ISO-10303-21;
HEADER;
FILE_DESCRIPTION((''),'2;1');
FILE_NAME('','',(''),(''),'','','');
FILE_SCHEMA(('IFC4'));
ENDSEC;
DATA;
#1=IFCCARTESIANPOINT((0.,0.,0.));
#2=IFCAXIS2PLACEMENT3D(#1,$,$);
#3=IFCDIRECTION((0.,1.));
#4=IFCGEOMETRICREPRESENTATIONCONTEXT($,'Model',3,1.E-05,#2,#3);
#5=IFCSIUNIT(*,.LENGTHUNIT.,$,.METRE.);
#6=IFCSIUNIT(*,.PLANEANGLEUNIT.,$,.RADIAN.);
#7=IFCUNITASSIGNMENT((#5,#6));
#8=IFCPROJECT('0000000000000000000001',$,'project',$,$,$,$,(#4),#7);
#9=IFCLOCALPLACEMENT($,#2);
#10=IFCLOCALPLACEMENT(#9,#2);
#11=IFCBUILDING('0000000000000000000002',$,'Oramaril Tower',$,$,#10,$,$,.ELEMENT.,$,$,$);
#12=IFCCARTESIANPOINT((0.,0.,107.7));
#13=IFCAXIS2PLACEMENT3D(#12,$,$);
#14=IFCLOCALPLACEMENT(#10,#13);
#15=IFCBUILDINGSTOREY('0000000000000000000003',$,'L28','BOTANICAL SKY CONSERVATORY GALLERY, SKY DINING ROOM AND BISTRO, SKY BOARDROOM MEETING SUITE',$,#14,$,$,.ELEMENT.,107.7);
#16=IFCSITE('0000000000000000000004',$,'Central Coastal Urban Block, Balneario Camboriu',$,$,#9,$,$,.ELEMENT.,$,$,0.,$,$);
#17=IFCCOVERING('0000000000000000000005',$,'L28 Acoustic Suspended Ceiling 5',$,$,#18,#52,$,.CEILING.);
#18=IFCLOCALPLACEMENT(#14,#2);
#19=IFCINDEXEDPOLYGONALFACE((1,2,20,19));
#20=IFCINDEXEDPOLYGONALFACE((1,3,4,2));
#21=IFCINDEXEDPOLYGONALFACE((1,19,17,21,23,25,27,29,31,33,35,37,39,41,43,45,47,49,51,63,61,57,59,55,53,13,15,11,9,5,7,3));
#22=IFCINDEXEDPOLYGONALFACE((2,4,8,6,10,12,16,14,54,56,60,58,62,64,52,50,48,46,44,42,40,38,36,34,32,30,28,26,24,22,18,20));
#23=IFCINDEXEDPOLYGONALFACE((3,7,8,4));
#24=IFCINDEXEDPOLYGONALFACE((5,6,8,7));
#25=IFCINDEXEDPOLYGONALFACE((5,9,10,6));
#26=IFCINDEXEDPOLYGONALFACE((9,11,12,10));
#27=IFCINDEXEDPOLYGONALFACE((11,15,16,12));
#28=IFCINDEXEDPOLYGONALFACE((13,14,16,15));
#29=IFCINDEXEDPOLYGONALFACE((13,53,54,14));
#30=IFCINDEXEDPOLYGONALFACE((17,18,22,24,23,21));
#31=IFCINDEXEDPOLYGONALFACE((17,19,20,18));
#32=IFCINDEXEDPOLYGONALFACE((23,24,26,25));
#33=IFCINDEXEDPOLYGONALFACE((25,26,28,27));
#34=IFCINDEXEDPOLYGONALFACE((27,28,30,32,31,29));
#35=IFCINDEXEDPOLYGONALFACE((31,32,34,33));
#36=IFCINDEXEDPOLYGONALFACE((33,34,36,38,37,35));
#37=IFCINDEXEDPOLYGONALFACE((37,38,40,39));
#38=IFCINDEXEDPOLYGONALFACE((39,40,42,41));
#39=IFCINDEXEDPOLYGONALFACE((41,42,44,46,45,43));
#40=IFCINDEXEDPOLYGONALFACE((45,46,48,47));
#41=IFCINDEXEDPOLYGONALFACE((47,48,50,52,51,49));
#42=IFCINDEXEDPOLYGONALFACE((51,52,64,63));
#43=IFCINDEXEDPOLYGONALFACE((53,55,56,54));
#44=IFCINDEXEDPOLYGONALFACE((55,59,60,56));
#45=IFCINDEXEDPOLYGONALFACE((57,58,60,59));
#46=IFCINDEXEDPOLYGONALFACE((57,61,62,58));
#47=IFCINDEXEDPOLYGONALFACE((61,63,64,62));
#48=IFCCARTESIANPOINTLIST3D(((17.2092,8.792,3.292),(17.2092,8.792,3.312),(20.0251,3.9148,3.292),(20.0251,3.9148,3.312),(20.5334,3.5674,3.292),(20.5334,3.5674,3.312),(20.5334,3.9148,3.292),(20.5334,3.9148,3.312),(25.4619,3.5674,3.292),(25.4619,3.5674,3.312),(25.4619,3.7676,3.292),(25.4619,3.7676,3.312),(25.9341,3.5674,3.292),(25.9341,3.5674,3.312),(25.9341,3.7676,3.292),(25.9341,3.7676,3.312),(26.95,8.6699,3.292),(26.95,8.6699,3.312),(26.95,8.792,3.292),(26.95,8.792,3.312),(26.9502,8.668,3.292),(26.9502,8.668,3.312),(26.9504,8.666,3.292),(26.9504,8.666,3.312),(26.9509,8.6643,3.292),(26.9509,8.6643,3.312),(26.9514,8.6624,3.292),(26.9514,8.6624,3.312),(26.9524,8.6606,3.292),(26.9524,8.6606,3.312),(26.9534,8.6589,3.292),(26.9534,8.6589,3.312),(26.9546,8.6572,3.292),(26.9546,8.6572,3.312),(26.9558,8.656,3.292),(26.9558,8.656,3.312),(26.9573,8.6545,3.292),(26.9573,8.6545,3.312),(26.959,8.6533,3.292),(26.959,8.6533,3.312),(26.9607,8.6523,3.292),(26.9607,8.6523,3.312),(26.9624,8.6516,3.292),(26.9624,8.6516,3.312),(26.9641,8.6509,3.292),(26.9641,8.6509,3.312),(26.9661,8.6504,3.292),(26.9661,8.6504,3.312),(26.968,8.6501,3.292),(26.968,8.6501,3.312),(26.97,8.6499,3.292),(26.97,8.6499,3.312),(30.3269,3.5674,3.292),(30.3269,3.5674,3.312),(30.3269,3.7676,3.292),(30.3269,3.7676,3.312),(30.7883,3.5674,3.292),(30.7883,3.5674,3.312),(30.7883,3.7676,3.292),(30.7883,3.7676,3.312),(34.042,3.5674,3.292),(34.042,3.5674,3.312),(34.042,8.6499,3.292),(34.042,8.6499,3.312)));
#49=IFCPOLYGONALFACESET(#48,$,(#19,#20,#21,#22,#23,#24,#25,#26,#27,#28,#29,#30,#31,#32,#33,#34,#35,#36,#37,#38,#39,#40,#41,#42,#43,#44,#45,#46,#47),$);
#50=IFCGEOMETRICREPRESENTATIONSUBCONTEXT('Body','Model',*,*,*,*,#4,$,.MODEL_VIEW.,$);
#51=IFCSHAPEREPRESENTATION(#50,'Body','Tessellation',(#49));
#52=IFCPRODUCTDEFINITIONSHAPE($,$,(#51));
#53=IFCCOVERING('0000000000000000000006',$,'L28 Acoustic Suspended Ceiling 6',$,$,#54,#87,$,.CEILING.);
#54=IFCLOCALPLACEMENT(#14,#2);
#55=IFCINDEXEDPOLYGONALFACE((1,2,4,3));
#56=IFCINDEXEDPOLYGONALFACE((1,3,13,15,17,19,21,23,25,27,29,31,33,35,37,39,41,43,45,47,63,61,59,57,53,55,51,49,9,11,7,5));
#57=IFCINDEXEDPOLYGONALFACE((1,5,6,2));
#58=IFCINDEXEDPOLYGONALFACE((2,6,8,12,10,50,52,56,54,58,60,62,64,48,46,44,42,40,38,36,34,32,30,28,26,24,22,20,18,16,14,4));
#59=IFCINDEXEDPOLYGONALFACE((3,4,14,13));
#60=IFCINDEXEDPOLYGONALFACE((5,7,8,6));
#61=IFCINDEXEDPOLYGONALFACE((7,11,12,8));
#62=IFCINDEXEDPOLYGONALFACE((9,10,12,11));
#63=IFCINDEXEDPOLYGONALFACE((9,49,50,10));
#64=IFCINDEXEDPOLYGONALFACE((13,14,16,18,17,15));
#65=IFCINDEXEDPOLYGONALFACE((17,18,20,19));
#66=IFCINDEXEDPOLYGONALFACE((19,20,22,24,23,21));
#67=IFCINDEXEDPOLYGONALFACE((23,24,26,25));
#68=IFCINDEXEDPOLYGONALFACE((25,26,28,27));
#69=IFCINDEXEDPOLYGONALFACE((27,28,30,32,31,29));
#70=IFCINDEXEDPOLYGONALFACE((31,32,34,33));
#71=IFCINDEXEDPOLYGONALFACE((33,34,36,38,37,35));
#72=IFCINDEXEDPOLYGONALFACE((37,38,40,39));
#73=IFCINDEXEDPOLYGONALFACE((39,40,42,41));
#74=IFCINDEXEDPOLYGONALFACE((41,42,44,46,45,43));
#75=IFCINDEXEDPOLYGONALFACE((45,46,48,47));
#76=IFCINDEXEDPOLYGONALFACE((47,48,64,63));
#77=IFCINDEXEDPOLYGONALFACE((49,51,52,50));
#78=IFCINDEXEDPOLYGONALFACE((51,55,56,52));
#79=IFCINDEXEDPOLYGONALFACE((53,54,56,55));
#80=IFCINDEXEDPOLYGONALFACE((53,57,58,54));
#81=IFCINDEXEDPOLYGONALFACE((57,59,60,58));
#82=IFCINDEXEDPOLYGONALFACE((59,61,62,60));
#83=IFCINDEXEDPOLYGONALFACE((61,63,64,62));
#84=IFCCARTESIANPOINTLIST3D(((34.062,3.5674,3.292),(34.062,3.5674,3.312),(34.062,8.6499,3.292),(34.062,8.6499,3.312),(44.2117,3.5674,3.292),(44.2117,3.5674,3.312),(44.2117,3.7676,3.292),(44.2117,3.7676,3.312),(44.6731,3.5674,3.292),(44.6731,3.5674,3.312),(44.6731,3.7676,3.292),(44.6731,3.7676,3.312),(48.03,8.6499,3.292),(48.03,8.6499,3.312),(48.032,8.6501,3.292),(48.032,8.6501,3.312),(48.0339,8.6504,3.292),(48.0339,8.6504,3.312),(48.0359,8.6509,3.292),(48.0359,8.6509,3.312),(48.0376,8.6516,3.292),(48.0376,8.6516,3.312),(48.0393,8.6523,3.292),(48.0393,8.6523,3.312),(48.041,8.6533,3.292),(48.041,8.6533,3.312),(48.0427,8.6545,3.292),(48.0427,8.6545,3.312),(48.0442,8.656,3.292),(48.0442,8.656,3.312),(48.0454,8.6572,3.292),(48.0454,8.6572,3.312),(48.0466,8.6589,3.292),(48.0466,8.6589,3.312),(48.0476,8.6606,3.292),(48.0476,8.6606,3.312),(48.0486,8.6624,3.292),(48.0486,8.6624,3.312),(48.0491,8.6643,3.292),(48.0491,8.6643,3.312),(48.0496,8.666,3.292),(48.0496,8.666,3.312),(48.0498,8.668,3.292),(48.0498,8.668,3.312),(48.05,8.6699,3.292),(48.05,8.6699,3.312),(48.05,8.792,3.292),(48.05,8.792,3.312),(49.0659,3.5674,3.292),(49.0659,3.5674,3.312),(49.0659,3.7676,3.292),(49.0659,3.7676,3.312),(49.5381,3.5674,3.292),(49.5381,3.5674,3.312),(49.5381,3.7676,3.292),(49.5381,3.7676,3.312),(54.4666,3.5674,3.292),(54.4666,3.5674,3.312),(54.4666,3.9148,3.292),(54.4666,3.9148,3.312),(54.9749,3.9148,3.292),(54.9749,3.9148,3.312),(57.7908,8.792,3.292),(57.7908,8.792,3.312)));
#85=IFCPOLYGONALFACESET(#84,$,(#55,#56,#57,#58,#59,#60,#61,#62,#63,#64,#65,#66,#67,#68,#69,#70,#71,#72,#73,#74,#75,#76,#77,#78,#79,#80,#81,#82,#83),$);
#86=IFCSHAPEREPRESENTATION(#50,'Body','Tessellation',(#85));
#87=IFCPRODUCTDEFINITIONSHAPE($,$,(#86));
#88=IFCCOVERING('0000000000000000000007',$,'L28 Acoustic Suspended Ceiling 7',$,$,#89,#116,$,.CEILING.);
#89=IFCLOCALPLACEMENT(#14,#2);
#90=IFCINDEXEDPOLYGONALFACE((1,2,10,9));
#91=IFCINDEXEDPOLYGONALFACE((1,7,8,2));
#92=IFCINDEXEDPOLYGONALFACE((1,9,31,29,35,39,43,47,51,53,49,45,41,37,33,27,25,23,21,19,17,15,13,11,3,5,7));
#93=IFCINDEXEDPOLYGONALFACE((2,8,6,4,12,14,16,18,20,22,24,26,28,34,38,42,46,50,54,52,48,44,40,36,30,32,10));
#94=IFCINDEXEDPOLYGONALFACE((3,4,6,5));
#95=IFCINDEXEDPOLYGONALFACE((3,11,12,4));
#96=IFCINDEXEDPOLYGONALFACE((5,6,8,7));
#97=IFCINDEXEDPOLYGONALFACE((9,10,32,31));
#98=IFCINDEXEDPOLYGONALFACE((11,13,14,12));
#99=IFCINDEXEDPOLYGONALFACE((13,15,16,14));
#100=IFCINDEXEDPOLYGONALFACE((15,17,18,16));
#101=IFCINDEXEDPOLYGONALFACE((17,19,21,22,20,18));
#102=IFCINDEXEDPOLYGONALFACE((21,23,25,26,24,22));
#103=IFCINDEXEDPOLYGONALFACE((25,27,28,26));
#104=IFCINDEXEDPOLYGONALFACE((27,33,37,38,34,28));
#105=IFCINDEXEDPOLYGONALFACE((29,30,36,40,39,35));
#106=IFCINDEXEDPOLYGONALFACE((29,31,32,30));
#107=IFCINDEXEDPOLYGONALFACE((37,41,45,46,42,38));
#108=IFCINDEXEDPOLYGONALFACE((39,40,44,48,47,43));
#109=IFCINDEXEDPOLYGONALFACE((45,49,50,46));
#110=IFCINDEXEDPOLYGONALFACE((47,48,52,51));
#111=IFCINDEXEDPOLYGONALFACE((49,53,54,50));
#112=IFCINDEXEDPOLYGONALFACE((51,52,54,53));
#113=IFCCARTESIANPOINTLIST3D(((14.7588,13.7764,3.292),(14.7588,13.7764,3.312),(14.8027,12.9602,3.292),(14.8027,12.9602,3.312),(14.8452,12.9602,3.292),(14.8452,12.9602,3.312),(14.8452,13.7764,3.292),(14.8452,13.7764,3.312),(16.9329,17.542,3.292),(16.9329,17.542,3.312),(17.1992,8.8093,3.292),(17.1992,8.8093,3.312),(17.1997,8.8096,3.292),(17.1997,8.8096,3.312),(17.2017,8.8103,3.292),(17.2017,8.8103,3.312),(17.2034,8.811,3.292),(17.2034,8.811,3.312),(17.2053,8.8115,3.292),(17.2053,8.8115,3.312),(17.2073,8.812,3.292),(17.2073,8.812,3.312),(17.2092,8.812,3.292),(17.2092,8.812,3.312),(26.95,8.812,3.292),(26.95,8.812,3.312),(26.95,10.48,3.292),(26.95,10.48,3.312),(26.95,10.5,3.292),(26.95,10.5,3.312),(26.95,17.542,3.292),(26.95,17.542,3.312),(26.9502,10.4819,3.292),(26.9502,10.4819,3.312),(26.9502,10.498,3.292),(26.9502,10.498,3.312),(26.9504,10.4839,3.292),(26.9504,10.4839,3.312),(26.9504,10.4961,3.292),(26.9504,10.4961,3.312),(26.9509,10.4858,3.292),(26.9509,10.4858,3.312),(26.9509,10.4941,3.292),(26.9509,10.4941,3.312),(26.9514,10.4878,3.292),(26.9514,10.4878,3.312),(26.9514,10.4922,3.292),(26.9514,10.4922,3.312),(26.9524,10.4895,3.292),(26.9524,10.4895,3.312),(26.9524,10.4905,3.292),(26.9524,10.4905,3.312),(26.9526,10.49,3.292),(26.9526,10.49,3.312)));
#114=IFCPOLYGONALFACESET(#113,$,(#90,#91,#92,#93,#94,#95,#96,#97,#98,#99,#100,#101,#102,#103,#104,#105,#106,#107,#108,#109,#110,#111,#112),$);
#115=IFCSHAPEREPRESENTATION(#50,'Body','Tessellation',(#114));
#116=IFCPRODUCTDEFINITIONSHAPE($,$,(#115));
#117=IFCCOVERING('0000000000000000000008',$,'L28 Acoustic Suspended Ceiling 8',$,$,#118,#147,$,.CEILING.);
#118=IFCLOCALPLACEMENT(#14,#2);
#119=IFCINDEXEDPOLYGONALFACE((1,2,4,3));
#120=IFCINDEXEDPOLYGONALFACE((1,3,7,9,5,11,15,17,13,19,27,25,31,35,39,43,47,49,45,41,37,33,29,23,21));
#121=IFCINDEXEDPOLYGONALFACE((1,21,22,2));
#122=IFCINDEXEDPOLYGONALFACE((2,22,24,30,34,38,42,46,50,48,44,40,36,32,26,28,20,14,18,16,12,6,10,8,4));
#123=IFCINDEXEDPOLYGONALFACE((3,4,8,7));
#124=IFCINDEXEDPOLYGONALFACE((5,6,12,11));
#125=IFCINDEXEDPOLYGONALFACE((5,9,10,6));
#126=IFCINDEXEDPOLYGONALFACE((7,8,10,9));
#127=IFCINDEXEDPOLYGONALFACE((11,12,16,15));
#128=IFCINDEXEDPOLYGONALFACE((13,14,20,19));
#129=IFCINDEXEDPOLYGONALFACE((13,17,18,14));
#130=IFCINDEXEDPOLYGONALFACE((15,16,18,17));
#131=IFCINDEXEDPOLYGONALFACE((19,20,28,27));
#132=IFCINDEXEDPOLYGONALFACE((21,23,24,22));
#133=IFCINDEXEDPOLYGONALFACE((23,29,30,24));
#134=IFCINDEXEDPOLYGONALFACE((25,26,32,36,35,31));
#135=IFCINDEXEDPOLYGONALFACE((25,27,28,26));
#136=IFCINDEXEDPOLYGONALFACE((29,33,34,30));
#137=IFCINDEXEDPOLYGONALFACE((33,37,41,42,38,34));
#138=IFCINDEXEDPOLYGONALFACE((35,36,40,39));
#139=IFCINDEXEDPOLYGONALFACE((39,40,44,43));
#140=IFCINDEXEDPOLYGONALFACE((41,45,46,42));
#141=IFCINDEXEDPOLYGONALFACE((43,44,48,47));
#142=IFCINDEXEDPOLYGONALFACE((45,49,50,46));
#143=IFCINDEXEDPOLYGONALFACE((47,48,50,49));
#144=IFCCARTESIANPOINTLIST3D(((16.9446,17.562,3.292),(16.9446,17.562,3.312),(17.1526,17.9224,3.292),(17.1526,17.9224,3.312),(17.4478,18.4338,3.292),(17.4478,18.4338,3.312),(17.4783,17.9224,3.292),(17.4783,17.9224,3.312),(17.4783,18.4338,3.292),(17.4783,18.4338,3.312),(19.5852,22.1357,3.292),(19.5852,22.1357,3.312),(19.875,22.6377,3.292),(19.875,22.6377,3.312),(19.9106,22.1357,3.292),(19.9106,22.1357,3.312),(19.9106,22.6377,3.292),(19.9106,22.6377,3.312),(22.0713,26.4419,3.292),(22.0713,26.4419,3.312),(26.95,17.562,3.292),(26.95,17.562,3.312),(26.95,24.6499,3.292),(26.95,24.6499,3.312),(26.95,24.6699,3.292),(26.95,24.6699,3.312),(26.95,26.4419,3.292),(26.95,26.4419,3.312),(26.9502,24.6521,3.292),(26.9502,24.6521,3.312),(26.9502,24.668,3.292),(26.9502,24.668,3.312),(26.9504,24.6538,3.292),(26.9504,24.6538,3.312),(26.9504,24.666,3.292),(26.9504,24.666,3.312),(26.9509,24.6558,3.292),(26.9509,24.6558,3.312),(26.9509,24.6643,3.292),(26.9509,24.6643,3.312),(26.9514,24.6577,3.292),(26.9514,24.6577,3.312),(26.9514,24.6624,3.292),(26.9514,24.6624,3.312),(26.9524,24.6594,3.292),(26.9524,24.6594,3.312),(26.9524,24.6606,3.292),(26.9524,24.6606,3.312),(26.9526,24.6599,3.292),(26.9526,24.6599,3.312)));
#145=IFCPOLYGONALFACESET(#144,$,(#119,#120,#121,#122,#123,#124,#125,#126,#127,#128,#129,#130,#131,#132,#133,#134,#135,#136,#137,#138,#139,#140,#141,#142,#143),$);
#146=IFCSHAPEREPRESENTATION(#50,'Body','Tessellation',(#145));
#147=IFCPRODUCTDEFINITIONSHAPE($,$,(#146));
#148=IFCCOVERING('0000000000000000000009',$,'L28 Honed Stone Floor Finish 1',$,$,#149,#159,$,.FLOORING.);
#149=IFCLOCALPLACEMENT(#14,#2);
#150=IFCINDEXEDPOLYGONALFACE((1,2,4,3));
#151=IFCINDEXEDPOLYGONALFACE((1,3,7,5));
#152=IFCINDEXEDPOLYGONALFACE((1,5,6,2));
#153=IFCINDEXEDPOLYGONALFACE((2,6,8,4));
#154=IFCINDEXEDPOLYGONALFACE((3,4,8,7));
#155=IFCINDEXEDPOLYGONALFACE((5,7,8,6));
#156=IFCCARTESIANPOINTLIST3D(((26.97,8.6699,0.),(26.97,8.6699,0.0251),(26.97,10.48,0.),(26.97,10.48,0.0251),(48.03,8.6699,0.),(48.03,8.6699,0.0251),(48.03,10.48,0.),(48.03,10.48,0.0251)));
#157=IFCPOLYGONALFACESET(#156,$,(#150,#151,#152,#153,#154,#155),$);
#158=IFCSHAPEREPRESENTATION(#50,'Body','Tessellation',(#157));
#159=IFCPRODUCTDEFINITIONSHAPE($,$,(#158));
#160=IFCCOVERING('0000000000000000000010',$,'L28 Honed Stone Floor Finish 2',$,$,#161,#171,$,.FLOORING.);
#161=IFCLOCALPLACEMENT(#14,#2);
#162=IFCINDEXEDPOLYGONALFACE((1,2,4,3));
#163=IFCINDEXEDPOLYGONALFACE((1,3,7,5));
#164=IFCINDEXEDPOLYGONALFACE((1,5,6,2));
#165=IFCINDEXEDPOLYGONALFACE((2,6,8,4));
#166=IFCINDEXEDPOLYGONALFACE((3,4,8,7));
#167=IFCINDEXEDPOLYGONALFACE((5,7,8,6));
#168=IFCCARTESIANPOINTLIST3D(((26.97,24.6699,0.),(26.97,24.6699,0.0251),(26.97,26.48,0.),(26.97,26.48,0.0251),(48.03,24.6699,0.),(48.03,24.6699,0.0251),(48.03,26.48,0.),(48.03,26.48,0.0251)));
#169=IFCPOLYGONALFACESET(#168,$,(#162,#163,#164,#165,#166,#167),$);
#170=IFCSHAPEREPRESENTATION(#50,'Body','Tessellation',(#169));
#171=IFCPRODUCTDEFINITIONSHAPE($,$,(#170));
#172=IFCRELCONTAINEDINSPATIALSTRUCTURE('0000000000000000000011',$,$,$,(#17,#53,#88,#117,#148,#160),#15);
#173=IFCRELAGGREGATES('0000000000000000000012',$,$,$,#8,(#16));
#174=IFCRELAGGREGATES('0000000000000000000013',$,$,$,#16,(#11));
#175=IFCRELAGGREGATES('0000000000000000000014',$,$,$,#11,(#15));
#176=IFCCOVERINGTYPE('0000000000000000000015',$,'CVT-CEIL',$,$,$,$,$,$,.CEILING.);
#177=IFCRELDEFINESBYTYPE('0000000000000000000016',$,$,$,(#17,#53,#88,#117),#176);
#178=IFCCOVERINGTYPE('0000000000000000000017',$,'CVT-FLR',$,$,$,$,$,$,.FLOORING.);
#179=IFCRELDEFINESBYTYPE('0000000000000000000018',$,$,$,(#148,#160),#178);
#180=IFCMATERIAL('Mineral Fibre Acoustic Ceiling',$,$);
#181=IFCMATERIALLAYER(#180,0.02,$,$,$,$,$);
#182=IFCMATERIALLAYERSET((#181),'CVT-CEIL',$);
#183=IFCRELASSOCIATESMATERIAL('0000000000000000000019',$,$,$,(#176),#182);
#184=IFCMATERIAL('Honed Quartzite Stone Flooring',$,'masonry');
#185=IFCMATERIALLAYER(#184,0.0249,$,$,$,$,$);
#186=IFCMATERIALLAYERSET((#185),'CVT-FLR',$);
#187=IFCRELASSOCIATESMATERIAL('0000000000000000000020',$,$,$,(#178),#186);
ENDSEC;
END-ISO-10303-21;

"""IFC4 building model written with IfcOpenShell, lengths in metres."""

from ifc_helpers import new_model, si_unit, direction, frame, origin, place, context, subcontext, project, spatial, polyline, outline, extrude, material, layer, layer_set, type_object, element, save


model = new_model("IFC4")

# Units and contexts
model_context = context("Model", 3, precision=1e-05, world=origin(), true_north=direction((0.0, 1.0)))
body_context = subcontext(model_context, "Body", "Model", "MODEL_VIEW")
ifc_project = project(units=[si_unit("LENGTHUNIT", "METRE"), si_unit("PLANEANGLEUNIT", "RADIAN")], contexts=[model_context])

# Site, building, storey
site_placement = place(None, origin())
site = spatial("IfcSite", under=ifc_project, at=site_placement, Name="Central Coastal Urban Block, Balneario Camboriu", CompositionType="ELEMENT", RefElevation=0.0)
building_placement = place(site_placement, origin())
building = spatial("IfcBuilding", under=site, at=building_placement, Name="Oramaril Tower", CompositionType="ELEMENT")
storey_placement = place(building_placement, frame((0.0, 0.0, 107.7)))
storey = spatial("IfcBuildingStorey", under=building, at=storey_placement, Name="L28", Description="BOTANICAL SKY CONSERVATORY GALLERY, SKY DINING ROOM AND BISTRO, SKY BOARDROOM MEETING SUITE", CompositionType="ELEMENT", Elevation=107.7)

# Coverings
ifc_material_1 = material(Name="Mineral Fibre Acoustic Ceiling")
ifc_layer_1 = layer(ifc_material_1, 0.02)
ifc_layer_set_1 = layer_set([ifc_layer_1], Name="CVT-CEIL")
covering_type_1 = type_object("IfcCoveringType", Name="CVT-CEIL", PredefinedType="CEILING", material=ifc_layer_set_1)
covering_1_placement = place(storey_placement, frame((0.0, 0.0, 3.292)))
element("IfcCovering", 1, at=covering_1_placement, inside=storey, type_object=covering_type_1, Name="L28 Acoustic Suspended Ceiling 5", PredefinedType="CEILING", context=body_context, shape_type="SweptSolid", body=[
    extrude(outline(polyline([(34.042, 3.5674), (30.7883, 3.5674), (30.7883, 3.7676), (30.3269, 3.7676), (30.3269, 3.5674), (25.9341, 3.5674), (25.9341, 3.7676), (25.4619, 3.7676), (25.4619, 3.5674), (20.5334, 3.5674), (20.5334, 3.9148), (20.0251, 3.9148), (17.2092, 8.792), (26.95, 8.792), (26.95, 8.6699), (26.9502, 8.668), (26.9504, 8.666), (26.9509, 8.6643), (26.9514, 8.6624), (26.9524, 8.6606), (26.9534, 8.6589), (26.9546, 8.6572), (26.9558, 8.656), (26.9573, 8.6545), (26.959, 8.6533), (26.9607, 8.6523), (26.9624, 8.6516), (26.9641, 8.6509), (26.9661, 8.6504), (26.968, 8.6501), (26.97, 8.6499), (34.042, 8.6499), (34.042, 3.5674)])), origin(), (0.0, 0.0, 1.0), 0.02),
])
covering_2_placement = place(storey_placement, frame((0.0, 0.0, 3.292)))
element("IfcCovering", 2, at=covering_2_placement, inside=storey, type_object=covering_type_1, Name="L28 Acoustic Suspended Ceiling 6", PredefinedType="CEILING", context=body_context, shape_type="SweptSolid", body=[
    extrude(outline(polyline([(49.5381, 3.7676), (49.0659, 3.7676), (49.0659, 3.5674), (44.6731, 3.5674), (44.6731, 3.7676), (44.2117, 3.7676), (44.2117, 3.5674), (34.062, 3.5674), (34.062, 8.6499), (48.03, 8.6499), (48.032, 8.6501), (48.0339, 8.6504), (48.0359, 8.6509), (48.0376, 8.6516), (48.0393, 8.6523), (48.041, 8.6533), (48.0427, 8.6545), (48.0442, 8.656), (48.0454, 8.6572), (48.0466, 8.6589), (48.0476, 8.6606), (48.0486, 8.6624), (48.0491, 8.6643), (48.0496, 8.666), (48.0498, 8.668), (48.05, 8.6699), (48.05, 8.792), (57.7908, 8.792), (54.9749, 3.9148), (54.4666, 3.9148), (54.4666, 3.5674), (49.5381, 3.5674), (49.5381, 3.7676)])), origin(), (0.0, 0.0, 1.0), 0.02),
])
covering_3_placement = place(storey_placement, frame((0.0, 0.0, 3.292)))
element("IfcCovering", 3, at=covering_3_placement, inside=storey, type_object=covering_type_1, Name="L28 Acoustic Suspended Ceiling 7", PredefinedType="CEILING", context=body_context, shape_type="SweptSolid", body=[
    extrude(outline(polyline([(14.8027, 12.9602), (14.8452, 12.9602), (14.8452, 13.7764), (14.7588, 13.7764), (16.9329, 17.542), (26.95, 17.542), (26.95, 10.5), (26.9502, 10.498), (26.9504, 10.4961), (26.9509, 10.4941), (26.9514, 10.4922), (26.9524, 10.4905), (26.9526, 10.49), (26.9524, 10.4895), (26.9514, 10.4878), (26.9509, 10.4858), (26.9504, 10.4839), (26.9502, 10.4819), (26.95, 10.48), (26.95, 8.812), (17.2092, 8.812), (17.2073, 8.812), (17.2053, 8.8115), (17.2034, 8.811), (17.2017, 8.8103), (17.1997, 8.8096), (17.1992, 8.8093), (14.8027, 12.9602)])), origin(), (0.0, 0.0, 1.0), 0.02),
])
covering_4_placement = place(storey_placement, frame((0.0, 0.0, 3.292)))
element("IfcCovering", 4, at=covering_4_placement, inside=storey, type_object=covering_type_1, Name="L28 Acoustic Suspended Ceiling 8", PredefinedType="CEILING", context=body_context, shape_type="SweptSolid", body=[
    extrude(outline(polyline([(17.1526, 17.9224), (17.4783, 17.9224), (17.4783, 18.4338), (17.4478, 18.4338), (19.5852, 22.1357), (19.9106, 22.1357), (19.9106, 22.6377), (19.875, 22.6377), (22.0713, 26.4419), (26.95, 26.4419), (26.95, 24.6699), (26.9502, 24.668), (26.9504, 24.666), (26.9509, 24.6643), (26.9514, 24.6624), (26.9524, 24.6606), (26.9526, 24.6599), (26.9524, 24.6594), (26.9514, 24.6577), (26.9509, 24.6558), (26.9504, 24.6538), (26.9502, 24.6521), (26.95, 24.6499), (26.95, 17.562), (16.9446, 17.562), (17.1526, 17.9224)])), origin(), (0.0, 0.0, 1.0), 0.02),
])
ifc_material_2 = material(Name="Honed Quartzite Stone Flooring", Category="masonry")
ifc_layer_2 = layer(ifc_material_2, 0.0249)
ifc_layer_set_2 = layer_set([ifc_layer_2], Name="CVT-FLR")
covering_type_2 = type_object("IfcCoveringType", Name="CVT-FLR", PredefinedType="FLOORING", material=ifc_layer_set_2)
covering_5_placement = place(storey_placement, origin())
element("IfcCovering", 5, at=covering_5_placement, inside=storey, type_object=covering_type_2, Name="L28 Honed Stone Floor Finish 1", PredefinedType="FLOORING", context=body_context, shape_type="SweptSolid", body=[
    extrude(outline(polyline([(48.03, 10.48), (48.03, 8.6699), (26.97, 8.6699), (26.97, 10.48), (48.03, 10.48)])), origin(), (0.0, 0.0, 1.0), 0.0251),
])
covering_6_placement = place(storey_placement, origin())
element("IfcCovering", 6, at=covering_6_placement, inside=storey, type_object=covering_type_2, Name="L28 Honed Stone Floor Finish 2", PredefinedType="FLOORING", context=body_context, shape_type="SweptSolid", body=[
    extrude(outline(polyline([(48.03, 26.48), (48.03, 24.6699), (26.97, 24.6699), (26.97, 26.48), (48.03, 26.48)])), origin(), (0.0, 0.0, 1.0), 0.0251),
])

save(model, "model.ifc")
